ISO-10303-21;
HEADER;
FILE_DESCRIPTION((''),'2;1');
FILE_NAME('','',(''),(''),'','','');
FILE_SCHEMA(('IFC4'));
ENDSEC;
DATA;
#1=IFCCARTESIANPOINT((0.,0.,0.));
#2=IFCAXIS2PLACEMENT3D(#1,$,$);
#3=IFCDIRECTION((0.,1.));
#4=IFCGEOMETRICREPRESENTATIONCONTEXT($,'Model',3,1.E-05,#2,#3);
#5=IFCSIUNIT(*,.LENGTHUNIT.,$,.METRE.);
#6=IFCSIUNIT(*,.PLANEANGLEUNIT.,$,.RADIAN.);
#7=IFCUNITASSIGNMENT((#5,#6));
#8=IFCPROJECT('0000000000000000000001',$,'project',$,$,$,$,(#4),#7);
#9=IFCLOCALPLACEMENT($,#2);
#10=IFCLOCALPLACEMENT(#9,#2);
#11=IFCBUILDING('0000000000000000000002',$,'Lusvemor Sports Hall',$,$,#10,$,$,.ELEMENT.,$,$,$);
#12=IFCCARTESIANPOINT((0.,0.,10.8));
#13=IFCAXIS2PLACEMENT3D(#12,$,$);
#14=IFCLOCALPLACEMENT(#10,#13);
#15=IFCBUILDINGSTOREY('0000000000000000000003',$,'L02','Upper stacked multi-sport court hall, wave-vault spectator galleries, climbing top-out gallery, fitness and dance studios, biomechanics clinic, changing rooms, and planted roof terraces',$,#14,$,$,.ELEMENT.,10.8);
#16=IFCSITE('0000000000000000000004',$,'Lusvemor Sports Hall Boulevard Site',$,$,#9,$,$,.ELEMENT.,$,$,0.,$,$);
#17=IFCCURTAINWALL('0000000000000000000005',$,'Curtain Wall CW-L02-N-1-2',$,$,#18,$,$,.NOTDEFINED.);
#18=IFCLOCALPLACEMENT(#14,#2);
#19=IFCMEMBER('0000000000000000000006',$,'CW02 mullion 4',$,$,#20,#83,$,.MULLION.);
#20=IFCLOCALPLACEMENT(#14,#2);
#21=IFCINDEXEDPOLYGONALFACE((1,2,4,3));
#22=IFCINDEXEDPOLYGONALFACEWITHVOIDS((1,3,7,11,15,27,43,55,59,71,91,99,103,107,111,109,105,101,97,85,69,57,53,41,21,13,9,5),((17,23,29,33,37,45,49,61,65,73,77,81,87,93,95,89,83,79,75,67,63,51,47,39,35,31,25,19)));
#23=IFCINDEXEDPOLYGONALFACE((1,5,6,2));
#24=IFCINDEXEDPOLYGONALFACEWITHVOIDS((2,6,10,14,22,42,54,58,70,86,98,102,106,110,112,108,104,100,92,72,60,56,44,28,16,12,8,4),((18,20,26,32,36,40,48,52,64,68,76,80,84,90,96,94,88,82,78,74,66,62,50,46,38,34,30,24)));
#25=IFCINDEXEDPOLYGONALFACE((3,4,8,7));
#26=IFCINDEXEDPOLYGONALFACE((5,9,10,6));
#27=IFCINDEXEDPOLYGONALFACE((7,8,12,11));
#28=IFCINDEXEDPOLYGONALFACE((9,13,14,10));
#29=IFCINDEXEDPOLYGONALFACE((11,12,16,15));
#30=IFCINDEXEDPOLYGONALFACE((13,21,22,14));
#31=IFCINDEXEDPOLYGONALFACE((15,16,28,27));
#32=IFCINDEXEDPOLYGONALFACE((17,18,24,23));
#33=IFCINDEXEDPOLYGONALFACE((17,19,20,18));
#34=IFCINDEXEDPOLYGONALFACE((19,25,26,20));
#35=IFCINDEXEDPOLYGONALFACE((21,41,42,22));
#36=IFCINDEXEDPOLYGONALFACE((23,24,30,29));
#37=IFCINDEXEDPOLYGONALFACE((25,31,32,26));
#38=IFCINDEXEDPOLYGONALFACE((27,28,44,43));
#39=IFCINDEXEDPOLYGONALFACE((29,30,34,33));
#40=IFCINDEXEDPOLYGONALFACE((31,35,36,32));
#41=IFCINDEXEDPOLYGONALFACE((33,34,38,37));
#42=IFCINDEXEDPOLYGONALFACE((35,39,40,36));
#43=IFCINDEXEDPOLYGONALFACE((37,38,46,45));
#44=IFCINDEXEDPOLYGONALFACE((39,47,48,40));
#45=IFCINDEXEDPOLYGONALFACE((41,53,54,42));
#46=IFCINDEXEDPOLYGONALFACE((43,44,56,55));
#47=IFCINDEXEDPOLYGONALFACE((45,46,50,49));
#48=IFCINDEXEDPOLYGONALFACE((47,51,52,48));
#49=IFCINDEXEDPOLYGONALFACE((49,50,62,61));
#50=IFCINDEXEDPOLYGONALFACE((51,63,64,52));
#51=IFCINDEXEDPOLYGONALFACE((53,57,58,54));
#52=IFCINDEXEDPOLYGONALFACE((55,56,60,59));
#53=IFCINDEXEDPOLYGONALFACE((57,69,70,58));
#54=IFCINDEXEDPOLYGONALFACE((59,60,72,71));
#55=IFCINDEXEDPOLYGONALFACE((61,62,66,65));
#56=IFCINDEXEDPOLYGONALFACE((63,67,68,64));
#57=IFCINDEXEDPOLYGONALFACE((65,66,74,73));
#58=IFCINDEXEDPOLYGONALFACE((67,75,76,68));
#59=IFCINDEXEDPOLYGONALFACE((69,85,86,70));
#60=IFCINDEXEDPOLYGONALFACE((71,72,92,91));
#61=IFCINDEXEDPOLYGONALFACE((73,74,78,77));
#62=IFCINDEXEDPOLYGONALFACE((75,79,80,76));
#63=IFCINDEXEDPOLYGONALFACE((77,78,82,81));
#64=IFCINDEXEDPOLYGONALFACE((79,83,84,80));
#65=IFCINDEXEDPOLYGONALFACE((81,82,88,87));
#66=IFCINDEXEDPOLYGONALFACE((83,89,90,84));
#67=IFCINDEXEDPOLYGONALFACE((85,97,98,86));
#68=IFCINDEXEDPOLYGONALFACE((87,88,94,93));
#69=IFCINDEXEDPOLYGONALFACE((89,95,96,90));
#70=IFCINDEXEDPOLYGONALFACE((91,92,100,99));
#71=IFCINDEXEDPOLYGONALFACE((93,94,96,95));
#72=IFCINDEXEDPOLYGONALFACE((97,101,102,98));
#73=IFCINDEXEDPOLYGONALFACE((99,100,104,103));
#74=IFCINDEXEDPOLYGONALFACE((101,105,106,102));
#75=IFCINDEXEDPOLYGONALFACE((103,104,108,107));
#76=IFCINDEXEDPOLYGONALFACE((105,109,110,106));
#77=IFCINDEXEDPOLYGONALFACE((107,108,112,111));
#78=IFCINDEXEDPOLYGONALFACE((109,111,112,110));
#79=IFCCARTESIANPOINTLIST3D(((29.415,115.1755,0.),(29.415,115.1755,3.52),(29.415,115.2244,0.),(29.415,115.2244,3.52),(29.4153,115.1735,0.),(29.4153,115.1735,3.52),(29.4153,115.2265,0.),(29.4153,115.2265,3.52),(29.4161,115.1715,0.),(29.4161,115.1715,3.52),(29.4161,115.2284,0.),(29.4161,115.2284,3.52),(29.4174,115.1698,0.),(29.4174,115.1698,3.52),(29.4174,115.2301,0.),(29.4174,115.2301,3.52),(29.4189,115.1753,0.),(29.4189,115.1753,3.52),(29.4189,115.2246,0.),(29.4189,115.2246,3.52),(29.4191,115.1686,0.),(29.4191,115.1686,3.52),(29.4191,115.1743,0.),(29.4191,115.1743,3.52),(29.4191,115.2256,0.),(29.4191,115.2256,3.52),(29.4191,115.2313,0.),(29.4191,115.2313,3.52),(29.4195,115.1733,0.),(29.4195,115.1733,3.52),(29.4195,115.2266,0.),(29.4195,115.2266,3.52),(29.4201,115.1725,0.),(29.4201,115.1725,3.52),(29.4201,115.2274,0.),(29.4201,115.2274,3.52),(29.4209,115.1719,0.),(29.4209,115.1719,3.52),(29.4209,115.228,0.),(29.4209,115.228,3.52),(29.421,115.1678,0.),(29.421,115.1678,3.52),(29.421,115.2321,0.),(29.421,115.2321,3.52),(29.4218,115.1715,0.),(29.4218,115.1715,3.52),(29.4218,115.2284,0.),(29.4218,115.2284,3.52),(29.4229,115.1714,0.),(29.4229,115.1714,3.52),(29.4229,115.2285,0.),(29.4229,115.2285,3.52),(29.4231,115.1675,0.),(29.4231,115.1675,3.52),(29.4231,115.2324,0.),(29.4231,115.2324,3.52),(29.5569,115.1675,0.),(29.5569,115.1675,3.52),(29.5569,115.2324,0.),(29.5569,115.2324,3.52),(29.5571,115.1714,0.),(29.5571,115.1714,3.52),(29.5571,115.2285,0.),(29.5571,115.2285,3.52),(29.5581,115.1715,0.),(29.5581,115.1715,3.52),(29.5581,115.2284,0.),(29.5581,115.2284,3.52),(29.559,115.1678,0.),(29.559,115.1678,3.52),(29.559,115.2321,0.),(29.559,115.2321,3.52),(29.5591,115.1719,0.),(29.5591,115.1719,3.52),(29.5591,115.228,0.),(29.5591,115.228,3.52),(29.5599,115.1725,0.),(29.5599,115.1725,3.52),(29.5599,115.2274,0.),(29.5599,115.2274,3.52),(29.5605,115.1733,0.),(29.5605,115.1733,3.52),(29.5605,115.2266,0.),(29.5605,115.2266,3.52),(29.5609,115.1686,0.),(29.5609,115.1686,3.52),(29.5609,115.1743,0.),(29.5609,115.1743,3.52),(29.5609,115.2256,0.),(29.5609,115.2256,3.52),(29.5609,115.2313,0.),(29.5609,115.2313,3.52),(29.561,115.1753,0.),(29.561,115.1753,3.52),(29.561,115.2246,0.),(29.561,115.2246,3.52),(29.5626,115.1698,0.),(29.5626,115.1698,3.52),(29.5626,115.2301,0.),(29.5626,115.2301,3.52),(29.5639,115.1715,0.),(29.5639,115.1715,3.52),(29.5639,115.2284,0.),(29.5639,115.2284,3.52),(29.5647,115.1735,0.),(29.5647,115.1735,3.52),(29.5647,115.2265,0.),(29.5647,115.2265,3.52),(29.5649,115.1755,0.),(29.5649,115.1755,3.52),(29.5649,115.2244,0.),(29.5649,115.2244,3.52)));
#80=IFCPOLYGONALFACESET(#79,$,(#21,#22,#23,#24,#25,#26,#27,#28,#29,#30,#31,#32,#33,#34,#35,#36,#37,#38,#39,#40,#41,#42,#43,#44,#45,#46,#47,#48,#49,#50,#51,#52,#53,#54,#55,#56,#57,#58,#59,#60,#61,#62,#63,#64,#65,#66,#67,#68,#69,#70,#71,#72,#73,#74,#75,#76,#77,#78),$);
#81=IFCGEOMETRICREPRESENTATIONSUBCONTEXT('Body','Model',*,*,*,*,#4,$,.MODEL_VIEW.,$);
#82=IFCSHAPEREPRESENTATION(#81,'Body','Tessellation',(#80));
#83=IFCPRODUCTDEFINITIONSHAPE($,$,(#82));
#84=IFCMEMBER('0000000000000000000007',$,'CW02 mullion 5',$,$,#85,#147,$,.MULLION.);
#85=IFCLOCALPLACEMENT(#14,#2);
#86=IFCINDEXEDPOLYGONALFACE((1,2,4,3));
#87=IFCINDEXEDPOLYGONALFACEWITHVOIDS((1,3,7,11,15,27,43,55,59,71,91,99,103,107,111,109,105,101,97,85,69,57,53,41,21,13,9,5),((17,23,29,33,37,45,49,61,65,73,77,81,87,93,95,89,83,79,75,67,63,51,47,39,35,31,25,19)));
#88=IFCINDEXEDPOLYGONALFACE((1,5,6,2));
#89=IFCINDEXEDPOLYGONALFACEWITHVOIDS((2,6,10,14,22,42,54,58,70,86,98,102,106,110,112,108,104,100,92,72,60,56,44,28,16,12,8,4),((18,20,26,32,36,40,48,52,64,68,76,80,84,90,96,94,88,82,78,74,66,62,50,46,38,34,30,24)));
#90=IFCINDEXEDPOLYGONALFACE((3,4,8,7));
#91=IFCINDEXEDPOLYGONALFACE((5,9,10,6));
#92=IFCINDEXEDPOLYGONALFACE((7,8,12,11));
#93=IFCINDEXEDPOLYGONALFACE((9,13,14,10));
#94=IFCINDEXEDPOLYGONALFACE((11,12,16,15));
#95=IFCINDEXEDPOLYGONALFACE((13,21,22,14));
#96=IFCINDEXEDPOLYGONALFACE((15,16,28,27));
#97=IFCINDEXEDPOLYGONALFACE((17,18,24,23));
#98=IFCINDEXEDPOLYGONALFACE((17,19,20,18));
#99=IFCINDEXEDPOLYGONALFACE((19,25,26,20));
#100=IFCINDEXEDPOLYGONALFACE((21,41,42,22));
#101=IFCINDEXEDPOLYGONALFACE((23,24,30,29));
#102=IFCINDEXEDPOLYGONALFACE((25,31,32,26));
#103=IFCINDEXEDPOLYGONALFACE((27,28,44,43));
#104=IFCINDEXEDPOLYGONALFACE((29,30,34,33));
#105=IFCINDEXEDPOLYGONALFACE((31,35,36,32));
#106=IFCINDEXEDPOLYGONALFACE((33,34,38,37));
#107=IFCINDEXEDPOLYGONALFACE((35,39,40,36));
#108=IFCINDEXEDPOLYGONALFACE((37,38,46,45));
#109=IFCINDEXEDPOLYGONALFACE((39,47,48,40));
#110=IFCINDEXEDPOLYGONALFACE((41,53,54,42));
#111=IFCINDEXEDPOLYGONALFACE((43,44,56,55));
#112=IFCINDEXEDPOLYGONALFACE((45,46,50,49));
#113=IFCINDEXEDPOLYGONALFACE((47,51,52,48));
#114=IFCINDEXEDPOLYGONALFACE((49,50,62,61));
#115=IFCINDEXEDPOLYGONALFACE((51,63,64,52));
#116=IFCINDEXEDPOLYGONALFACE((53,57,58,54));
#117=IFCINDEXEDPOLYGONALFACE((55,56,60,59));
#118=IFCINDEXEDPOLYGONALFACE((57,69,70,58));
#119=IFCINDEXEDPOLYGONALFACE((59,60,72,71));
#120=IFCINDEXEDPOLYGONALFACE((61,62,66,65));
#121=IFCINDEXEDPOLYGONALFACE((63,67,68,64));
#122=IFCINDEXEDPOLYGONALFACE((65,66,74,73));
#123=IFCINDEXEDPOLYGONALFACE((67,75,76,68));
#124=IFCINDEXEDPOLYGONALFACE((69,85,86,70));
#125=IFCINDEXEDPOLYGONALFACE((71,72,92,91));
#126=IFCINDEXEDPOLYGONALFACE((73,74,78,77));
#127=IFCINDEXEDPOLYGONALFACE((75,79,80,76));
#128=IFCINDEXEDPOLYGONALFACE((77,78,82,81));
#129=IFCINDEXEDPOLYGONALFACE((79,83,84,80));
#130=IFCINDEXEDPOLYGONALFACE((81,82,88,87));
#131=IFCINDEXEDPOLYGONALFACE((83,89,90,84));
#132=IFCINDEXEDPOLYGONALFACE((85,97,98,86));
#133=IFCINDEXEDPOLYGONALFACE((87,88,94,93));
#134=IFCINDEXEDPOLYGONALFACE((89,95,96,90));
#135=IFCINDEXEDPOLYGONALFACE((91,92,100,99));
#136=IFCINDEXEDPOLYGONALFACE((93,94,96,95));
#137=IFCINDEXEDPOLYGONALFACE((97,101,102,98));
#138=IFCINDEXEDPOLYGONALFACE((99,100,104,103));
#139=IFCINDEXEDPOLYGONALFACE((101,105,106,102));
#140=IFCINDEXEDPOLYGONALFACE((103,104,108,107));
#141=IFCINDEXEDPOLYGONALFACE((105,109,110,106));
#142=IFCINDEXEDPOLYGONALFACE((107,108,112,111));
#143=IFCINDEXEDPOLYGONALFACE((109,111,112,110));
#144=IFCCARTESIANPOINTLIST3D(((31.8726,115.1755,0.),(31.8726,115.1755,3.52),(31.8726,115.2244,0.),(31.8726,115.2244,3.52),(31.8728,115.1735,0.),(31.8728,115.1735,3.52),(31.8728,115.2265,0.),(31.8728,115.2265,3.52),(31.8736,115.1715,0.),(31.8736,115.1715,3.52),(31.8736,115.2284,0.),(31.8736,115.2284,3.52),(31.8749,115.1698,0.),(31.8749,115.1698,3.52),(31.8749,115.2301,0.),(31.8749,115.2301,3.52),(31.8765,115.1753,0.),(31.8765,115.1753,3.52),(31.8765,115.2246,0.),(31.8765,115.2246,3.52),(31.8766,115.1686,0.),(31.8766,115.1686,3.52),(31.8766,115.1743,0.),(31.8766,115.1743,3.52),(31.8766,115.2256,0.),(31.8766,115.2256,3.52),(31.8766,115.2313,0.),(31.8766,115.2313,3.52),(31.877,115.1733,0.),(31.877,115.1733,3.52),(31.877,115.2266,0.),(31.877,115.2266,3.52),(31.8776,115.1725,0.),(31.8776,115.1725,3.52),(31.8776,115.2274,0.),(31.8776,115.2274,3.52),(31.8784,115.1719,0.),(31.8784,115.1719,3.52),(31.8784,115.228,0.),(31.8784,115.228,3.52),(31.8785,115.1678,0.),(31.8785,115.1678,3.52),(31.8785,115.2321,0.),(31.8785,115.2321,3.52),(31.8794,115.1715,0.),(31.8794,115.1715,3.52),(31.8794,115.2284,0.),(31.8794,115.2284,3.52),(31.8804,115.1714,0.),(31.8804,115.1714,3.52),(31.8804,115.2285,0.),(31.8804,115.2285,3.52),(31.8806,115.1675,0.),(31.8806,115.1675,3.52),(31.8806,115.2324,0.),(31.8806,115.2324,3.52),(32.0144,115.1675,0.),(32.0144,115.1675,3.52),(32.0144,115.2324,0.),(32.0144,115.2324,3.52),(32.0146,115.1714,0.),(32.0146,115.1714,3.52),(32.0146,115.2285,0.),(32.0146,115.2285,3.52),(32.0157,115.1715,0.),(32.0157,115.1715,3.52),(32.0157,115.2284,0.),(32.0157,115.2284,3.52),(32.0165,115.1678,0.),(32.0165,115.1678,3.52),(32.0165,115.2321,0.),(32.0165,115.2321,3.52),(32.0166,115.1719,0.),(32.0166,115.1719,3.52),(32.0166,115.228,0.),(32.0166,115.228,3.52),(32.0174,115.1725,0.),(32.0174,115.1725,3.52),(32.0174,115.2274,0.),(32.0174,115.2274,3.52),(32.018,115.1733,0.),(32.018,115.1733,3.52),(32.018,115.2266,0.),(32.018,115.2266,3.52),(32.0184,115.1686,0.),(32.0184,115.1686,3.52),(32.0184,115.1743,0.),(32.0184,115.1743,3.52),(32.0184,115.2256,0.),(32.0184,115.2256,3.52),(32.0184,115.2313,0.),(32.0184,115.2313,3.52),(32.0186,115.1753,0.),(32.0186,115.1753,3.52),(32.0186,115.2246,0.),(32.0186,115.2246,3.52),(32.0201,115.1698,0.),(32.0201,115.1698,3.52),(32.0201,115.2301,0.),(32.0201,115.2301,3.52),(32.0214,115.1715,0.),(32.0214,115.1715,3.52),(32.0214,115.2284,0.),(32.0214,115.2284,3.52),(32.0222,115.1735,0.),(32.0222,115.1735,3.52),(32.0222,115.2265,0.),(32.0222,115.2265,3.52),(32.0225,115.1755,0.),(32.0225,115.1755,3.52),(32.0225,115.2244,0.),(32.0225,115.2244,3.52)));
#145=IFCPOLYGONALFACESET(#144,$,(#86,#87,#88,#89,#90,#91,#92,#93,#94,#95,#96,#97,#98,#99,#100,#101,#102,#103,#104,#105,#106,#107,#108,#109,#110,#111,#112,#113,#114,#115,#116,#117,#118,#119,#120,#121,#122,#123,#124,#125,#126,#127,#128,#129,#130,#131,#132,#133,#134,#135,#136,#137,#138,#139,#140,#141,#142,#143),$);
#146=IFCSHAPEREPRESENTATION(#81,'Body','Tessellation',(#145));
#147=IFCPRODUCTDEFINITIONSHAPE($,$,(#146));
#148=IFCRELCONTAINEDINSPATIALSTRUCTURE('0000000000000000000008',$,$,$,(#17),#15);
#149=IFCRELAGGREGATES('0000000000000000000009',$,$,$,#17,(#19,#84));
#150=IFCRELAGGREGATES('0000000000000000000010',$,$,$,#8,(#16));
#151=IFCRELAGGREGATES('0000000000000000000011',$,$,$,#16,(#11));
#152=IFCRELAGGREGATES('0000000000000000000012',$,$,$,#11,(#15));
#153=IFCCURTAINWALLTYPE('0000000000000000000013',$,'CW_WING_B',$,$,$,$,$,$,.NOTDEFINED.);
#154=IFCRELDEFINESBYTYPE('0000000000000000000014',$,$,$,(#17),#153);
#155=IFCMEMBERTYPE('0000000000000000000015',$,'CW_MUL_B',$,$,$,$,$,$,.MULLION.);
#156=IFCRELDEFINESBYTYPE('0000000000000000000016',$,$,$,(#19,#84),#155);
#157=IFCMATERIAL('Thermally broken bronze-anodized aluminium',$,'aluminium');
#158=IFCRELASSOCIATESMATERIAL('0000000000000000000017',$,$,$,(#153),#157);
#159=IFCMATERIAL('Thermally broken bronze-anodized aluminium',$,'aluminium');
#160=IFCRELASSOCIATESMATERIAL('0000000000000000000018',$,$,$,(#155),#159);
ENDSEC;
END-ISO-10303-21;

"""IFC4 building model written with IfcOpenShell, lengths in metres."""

from ifc_helpers import new_model, si_unit, direction, frame, origin, origin_2d, place, context, subcontext, project, spatial, hollow_rectangle, extrude, material, material_profile, profile_set, type_object, element, aggregate, save


model = new_model("IFC4")

# Units and contexts
model_context = context("Model", 3, precision=1e-05, world=origin(), true_north=direction((0.0, 1.0)))
body_context = subcontext(model_context, "Body", "Model", "MODEL_VIEW")
ifc_project = project(units=[si_unit("LENGTHUNIT", "METRE"), si_unit("PLANEANGLEUNIT", "RADIAN")], contexts=[model_context])

# Site, building, storey
site_placement = place(None, origin())
site = spatial("IfcSite", under=ifc_project, at=site_placement, Name="Lusvemor Sports Hall Boulevard Site", CompositionType="ELEMENT", RefElevation=0.0)
building_placement = place(site_placement, origin())
building = spatial("IfcBuilding", under=site, at=building_placement, Name="Lusvemor Sports Hall", CompositionType="ELEMENT")
storey_placement = place(building_placement, frame((0.0, 0.0, 10.8)))
storey = spatial("IfcBuildingStorey", under=building, at=storey_placement, Name="L02", Description="Upper stacked multi-sport court hall, wave-vault spectator galleries, climbing top-out gallery, fitness and dance studios, biomechanics clinic, changing rooms, and planted roof terraces", CompositionType="ELEMENT", Elevation=10.8)

# Curtain wall, members
ifc_material_1 = material(Name="Thermally broken bronze-anodized aluminium", Category="aluminium")
curtain_wall_type_1 = type_object("IfcCurtainWallType", Name="CW_WING_B", PredefinedType="NOTDEFINED", material=ifc_material_1)
curtain_wall_1_placement = place(storey_placement, origin())
curtain_wall_1 = element("IfcCurtainWall", 1, at=curtain_wall_1_placement, inside=storey, type_object=curtain_wall_type_1, Name="Curtain Wall CW-L02-N-1-2", PredefinedType="NOTDEFINED")
ifc_material_2 = material(Name="Thermally broken bronze-anodized aluminium", Category="aluminium")
ifc_material_profile_1 = material_profile(ifc_material_2, hollow_rectangle(XDim=0.0649, YDim=0.1499, WallThickness=0.0039, InnerFilletRadius=0.0039, OuterFilletRadius=0.0081, at=origin_2d()), Name="CWMUL150x65x4")
ifc_profile_set_1 = profile_set([ifc_material_profile_1], Name="Thermally broken bronze-anodized aluminium")
member_type_1 = type_object("IfcMemberType", Name="CW_MUL_B", PredefinedType="MULLION", material=ifc_profile_set_1)
member_1_placement = place(storey_placement, frame((29.49, 115.2, 0.0), z_axis=(0.0, 0.0, 1.0), x_axis=(0.0, 1.0, 0.0)))
member_1 = element("IfcMember", 2, at=member_1_placement, type_object=member_type_1, Name="CW02 mullion 4", PredefinedType="MULLION", context=body_context, shape_type="SweptSolid", body=[
    extrude(hollow_rectangle(XDim=0.0649, YDim=0.1499, WallThickness=0.0039, InnerFilletRadius=0.0039, OuterFilletRadius=0.0081, at=origin_2d()), origin(), (0.0, 0.0, 1.0), 3.52),
])
member_2_placement = place(storey_placement, frame((31.9475, 115.2, 0.0), z_axis=(0.0, 0.0, 1.0), x_axis=(0.0, 1.0, 0.0)))
member_2 = element("IfcMember", 3, at=member_2_placement, type_object=member_type_1, Name="CW02 mullion 5", PredefinedType="MULLION", context=body_context, shape_type="SweptSolid", body=[
    extrude(hollow_rectangle(XDim=0.0649, YDim=0.1499, WallThickness=0.0039, InnerFilletRadius=0.0039, OuterFilletRadius=0.0081, at=origin_2d()), origin(), (0.0, 0.0, 1.0), 3.52),
])

aggregate(curtain_wall_1, [member_1, member_2])

save(model, "model.ifc")
